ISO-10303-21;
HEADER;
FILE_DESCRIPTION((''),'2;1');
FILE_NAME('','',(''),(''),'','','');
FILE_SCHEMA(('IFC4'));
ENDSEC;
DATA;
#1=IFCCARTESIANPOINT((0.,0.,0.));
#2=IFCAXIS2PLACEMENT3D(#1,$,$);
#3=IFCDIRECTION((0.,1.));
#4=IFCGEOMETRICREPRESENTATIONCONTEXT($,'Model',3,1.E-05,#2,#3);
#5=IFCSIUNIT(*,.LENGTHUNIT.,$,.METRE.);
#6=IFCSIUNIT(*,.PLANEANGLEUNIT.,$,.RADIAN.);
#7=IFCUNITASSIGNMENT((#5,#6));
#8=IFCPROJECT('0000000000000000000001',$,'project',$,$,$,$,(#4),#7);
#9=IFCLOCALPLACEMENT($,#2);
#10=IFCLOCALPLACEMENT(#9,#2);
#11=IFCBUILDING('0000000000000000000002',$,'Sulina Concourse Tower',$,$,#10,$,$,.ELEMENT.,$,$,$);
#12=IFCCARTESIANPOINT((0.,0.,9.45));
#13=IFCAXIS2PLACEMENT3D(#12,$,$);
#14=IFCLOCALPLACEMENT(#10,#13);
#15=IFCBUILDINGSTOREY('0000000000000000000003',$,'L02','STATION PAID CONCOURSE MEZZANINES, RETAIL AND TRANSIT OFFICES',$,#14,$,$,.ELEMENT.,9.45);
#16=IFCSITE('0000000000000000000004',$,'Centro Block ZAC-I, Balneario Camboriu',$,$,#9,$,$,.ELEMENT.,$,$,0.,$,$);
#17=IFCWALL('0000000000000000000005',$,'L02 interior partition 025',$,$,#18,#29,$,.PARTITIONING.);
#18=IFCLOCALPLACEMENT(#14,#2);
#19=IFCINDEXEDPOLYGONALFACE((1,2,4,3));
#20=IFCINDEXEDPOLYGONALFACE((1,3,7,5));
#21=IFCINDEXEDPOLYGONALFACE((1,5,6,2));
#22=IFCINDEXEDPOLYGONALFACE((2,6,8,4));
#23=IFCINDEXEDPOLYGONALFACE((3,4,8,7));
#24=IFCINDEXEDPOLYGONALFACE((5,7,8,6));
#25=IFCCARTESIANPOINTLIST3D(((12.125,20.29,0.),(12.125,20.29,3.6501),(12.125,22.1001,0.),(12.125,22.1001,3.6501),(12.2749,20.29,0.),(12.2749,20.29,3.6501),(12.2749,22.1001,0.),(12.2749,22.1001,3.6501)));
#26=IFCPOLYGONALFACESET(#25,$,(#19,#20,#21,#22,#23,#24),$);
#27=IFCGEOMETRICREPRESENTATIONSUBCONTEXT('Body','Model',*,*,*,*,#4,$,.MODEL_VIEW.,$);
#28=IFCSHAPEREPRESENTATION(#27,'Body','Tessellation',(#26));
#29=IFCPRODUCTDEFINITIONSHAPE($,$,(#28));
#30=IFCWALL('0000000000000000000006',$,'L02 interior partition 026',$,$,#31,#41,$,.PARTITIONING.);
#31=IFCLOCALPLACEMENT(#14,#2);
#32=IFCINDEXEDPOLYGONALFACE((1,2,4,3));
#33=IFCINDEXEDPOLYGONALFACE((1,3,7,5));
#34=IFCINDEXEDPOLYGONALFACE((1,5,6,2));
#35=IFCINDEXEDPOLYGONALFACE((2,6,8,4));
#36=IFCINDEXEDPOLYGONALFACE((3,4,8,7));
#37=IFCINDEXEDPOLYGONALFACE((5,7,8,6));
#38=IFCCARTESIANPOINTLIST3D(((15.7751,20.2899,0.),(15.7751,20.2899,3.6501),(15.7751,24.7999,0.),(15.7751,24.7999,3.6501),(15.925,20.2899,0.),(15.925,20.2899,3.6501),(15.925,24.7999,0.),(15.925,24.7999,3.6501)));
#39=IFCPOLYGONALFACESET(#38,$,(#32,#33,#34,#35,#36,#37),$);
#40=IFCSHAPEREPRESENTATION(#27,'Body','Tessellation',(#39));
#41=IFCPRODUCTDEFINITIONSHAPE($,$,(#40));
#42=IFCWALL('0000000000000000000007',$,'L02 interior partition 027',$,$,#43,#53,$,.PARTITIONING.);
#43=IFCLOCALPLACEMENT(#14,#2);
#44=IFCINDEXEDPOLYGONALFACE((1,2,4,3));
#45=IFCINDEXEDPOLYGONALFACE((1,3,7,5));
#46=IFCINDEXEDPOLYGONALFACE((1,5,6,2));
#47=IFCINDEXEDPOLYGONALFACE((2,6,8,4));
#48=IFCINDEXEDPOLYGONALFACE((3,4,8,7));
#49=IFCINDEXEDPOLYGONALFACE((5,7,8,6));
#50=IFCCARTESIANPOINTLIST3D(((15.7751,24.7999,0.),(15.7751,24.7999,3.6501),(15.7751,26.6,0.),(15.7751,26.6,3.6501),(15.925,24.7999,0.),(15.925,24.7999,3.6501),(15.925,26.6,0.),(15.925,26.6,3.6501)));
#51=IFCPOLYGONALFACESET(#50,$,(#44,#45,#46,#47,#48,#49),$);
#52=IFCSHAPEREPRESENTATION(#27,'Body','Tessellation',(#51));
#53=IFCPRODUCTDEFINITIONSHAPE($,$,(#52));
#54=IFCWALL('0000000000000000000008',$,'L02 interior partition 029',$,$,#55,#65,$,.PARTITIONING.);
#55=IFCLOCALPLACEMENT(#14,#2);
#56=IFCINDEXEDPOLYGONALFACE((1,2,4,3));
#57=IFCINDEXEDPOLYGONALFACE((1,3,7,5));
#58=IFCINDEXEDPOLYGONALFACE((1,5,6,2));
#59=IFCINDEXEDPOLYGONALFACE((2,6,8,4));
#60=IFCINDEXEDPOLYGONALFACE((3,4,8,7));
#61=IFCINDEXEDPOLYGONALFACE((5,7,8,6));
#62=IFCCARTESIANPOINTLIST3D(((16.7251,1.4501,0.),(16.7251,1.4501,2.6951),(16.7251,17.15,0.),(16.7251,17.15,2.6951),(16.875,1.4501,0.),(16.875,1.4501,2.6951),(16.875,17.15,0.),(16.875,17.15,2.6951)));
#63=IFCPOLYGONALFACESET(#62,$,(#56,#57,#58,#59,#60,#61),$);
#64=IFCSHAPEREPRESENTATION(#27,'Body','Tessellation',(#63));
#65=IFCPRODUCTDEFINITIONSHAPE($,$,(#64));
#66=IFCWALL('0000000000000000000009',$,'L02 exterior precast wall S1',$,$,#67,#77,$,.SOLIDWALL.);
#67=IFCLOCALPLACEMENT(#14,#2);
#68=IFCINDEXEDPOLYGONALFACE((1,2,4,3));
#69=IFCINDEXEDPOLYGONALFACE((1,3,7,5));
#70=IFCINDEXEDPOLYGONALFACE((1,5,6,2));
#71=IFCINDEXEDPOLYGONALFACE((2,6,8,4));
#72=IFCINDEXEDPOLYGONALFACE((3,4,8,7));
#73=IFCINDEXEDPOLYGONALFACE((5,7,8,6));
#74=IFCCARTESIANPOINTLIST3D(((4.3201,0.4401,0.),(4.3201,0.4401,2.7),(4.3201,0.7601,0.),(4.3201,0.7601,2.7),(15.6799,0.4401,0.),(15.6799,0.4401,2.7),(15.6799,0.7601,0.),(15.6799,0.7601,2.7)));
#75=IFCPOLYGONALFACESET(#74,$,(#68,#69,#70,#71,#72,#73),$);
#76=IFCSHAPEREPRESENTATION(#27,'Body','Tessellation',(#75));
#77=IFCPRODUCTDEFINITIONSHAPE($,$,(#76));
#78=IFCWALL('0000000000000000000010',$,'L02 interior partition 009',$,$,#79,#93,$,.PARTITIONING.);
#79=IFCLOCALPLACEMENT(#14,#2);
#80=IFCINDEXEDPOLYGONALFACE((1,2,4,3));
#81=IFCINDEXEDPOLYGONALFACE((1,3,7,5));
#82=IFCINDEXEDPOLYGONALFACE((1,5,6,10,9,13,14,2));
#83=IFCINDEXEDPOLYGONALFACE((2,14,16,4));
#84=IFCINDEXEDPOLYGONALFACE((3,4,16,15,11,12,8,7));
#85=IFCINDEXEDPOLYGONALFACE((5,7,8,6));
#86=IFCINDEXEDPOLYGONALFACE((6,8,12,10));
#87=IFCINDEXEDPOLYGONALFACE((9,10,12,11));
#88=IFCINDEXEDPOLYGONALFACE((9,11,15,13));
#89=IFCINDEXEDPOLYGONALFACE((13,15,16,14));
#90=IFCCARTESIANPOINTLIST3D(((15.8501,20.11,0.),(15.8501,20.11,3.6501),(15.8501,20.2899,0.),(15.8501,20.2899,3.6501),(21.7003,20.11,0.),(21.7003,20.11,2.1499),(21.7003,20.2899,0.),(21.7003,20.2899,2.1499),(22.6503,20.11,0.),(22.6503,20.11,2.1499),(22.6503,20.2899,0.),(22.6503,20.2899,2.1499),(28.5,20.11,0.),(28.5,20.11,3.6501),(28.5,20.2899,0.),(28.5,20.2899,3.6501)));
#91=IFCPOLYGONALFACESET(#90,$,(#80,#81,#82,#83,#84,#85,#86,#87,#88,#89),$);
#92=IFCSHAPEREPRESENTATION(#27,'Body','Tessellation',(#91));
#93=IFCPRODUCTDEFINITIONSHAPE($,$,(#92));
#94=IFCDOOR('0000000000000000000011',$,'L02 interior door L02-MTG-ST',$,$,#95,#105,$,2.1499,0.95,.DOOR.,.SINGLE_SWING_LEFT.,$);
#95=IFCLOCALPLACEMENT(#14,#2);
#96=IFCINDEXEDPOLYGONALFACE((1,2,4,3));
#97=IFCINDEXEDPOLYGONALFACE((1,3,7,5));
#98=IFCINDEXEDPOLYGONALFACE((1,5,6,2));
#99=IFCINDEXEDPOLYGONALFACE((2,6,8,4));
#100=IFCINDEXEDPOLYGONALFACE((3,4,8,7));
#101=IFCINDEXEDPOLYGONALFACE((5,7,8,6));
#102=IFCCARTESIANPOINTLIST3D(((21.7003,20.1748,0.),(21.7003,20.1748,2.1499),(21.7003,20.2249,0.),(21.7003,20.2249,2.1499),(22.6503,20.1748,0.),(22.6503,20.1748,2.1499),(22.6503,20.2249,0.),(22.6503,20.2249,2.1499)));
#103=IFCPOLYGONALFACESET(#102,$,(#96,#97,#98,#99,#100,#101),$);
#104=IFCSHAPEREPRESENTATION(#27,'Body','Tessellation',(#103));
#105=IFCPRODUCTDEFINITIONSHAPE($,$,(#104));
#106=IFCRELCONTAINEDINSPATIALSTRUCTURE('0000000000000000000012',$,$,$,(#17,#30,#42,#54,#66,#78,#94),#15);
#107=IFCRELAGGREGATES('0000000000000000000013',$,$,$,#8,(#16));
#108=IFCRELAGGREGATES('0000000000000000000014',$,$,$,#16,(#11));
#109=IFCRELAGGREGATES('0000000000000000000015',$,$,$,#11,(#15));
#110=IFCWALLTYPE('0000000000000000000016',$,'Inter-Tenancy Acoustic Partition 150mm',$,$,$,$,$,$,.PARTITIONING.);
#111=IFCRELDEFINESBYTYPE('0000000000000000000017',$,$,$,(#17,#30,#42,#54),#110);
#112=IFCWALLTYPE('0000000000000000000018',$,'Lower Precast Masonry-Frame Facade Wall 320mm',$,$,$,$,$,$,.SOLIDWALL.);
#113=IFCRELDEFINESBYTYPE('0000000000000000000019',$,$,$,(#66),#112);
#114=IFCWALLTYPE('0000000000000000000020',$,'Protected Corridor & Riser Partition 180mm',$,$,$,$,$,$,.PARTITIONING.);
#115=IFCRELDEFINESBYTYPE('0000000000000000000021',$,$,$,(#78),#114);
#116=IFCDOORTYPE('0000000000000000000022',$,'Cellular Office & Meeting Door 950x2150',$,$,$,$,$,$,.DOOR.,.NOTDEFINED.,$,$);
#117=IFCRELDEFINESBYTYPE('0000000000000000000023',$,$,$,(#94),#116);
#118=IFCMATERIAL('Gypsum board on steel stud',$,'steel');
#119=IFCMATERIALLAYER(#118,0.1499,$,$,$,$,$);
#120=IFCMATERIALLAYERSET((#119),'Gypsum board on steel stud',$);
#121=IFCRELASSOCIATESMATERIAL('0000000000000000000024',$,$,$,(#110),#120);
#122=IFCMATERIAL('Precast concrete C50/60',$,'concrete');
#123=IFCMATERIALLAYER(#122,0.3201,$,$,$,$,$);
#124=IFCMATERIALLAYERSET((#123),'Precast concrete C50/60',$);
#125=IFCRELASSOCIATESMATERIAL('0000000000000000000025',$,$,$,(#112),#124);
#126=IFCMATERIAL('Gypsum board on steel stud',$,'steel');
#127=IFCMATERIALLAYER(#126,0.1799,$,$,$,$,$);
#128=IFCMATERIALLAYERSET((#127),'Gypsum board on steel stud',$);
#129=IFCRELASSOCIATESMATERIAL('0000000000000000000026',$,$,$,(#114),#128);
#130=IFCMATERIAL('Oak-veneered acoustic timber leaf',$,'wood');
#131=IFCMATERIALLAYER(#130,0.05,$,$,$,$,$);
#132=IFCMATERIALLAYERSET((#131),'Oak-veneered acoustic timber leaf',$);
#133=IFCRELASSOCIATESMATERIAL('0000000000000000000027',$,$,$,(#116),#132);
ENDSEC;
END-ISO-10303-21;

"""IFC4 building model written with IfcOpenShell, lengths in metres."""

from ifc_helpers import new_model, si_unit, direction, frame, frame_2d, origin, place, context, subcontext, project, spatial, rectangle, extrude, material, layer, layer_set, type_object, element, fill, save


model = new_model("IFC4")

# Units and contexts
model_context = context("Model", 3, precision=1e-05, world=origin(), true_north=direction((0.0, 1.0)))
body_context = subcontext(model_context, "Body", "Model", "MODEL_VIEW")
ifc_project = project(units=[si_unit("LENGTHUNIT", "METRE"), si_unit("PLANEANGLEUNIT", "RADIAN")], contexts=[model_context])

# Site, building, storey
site_placement = place(None, origin())
site = spatial("IfcSite", under=ifc_project, at=site_placement, Name="Centro Block ZAC-I, Balneario Camboriu", CompositionType="ELEMENT", RefElevation=0.0)
building_placement = place(site_placement, origin())
building = spatial("IfcBuilding", under=site, at=building_placement, Name="Sulina Concourse Tower", CompositionType="ELEMENT")
storey_placement = place(building_placement, frame((0.0, 0.0, 9.45)))
storey = spatial("IfcBuildingStorey", under=building, at=storey_placement, Name="L02", Description="STATION PAID CONCOURSE MEZZANINES, RETAIL AND TRANSIT OFFICES", CompositionType="ELEMENT", Elevation=9.45)

# Walls
ifc_material_1 = material(Name="Gypsum board on steel stud", Category="steel")
ifc_layer_1 = layer(ifc_material_1, 0.1499)
ifc_layer_set_1 = layer_set([ifc_layer_1], Name="Gypsum board on steel stud")
wall_type_1 = type_object("IfcWallType", Name="Inter-Tenancy Acoustic Partition 150mm", PredefinedType="PARTITIONING", material=ifc_layer_set_1)
wall_1_placement = place(storey_placement, frame((12.2, 20.29, 0.0), z_axis=(0.0, 0.0, 1.0), x_axis=(0.0, 1.0, 0.0)))
element("IfcWall", 1, at=wall_1_placement, inside=storey, type_object=wall_type_1, Name="L02 interior partition 025", PredefinedType="PARTITIONING", context=body_context, shape_type="SweptSolid", body=[
    extrude(rectangle(XDim=1.8101, YDim=0.1499, at=frame_2d((0.905, 0.0))), origin(), (0.0, 0.0, 1.0), 3.6501),
])
wall_2_placement = place(storey_placement, frame((15.8501, 20.29, 0.0), z_axis=(0.0, 0.0, 1.0), x_axis=(0.0, 1.0, 0.0)))
element("IfcWall", 2, at=wall_2_placement, inside=storey, type_object=wall_type_1, Name="L02 interior partition 026", PredefinedType="PARTITIONING", context=body_context, shape_type="SweptSolid", body=[
    extrude(rectangle(XDim=4.51, YDim=0.1499, at=frame_2d((2.2549, 0.0))), origin(), (0.0, 0.0, 1.0), 3.6501),
])
wall_3_placement = place(storey_placement, frame((15.8501, 24.8, 0.0), z_axis=(0.0, 0.0, 1.0), x_axis=(0.0, 1.0, 0.0)))
element("IfcWall", 3, at=wall_3_placement, inside=storey, type_object=wall_type_1, Name="L02 interior partition 027", PredefinedType="PARTITIONING", context=body_context, shape_type="SweptSolid", body=[
    extrude(rectangle(XDim=1.8, YDim=0.1499, at=frame_2d((0.8999, 0.0))), origin(), (0.0, 0.0, 1.0), 3.6501),
])
wall_4_placement = place(storey_placement, frame((16.8, 1.45, 0.0), z_axis=(0.0, 0.0, 1.0), x_axis=(0.0, 1.0, 0.0)))
element("IfcWall", 4, at=wall_4_placement, inside=storey, type_object=wall_type_1, Name="L02 interior partition 029", PredefinedType="PARTITIONING", context=body_context, shape_type="SweptSolid", body=[
    extrude(rectangle(XDim=15.7, YDim=0.1499, at=frame_2d((7.8501, 0.0))), origin(), (0.0, 0.0, 1.0), 2.6951),
])
ifc_material_2 = material(Name="Precast concrete C50/60", Category="concrete")
ifc_layer_2 = layer(ifc_material_2, 0.3201)
ifc_layer_set_2 = layer_set([ifc_layer_2], Name="Precast concrete C50/60")
wall_type_2 = type_object("IfcWallType", Name="Lower Precast Masonry-Frame Facade Wall 320mm", PredefinedType="SOLIDWALL", material=ifc_layer_set_2)
wall_5_placement = place(storey_placement, frame((15.6799, 0.6001, 0.0), z_axis=(0.0, 0.0, 1.0), x_axis=(-1.0, 0.0, 0.0)))
element("IfcWall", 5, at=wall_5_placement, inside=storey, type_object=wall_type_2, Name="L02 exterior precast wall S1", PredefinedType="SOLIDWALL", context=body_context, shape_type="SweptSolid", body=[
    extrude(rectangle(XDim=11.3599, YDim=0.3201, at=frame_2d((5.6799, 0.0))), origin(), (0.0, 0.0, 1.0), 2.7),
])

# Wall, opening, door
ifc_material_3 = material(Name="Gypsum board on steel stud", Category="steel")
ifc_layer_3 = layer(ifc_material_3, 0.1799)
ifc_layer_set_3 = layer_set([ifc_layer_3], Name="Gypsum board on steel stud")
wall_type_3 = type_object("IfcWallType", Name="Protected Corridor & Riser Partition 180mm", PredefinedType="PARTITIONING", material=ifc_layer_set_3)
wall_6_placement = place(storey_placement, frame((15.8501, 20.2, 0.0), z_axis=(0.0, 0.0, 1.0), x_axis=(1.0, 0.0, 0.0)))
wall_6 = element("IfcWall", 6, at=wall_6_placement, inside=storey, type_object=wall_type_3, Name="L02 interior partition 009", PredefinedType="PARTITIONING", context=body_context, shape_type="SweptSolid", body=[
    extrude(rectangle(XDim=12.6499, YDim=0.1799, at=frame_2d((6.325, 0.0))), origin(), (0.0, 0.0, 1.0), 3.6501),
])
opening_1_placement = place(wall_6_placement, frame((5.8501, 0.0, 0.0)))
opening_1 = element("IfcOpeningElement", 7, at=opening_1_placement, cuts=wall_6, PredefinedType="OPENING", context=body_context, shape_type="SweptSolid", body=[
    extrude(rectangle(XDim=0.95, YDim=2.1499, at=frame_2d((0.4751, 1.075))), frame((0.0, 0.0999, 0.0), z_axis=(0.0, -1.0, 0.0), x_axis=(1.0, 0.0, 0.0)), (0.0, 0.0, 1.0), 0.2),
])
ifc_material_4 = material(Name="Oak-veneered acoustic timber leaf", Category="wood")
ifc_layer_4 = layer(ifc_material_4, 0.05)
ifc_layer_set_4 = layer_set([ifc_layer_4], Name="Oak-veneered acoustic timber leaf")
door_type_1 = type_object("IfcDoorType", Name="Cellular Office & Meeting Door 950x2150", OperationType="NOTDEFINED", PredefinedType="DOOR", material=ifc_layer_set_4)
door_1_placement = place(opening_1_placement, origin())
door_1 = element("IfcDoor", 8, at=door_1_placement, inside=storey, type_object=door_type_1, Name="L02 interior door L02-MTG-ST", OperationType="SINGLE_SWING_LEFT", OverallHeight=2.1499, OverallWidth=0.95, PredefinedType="DOOR", context=body_context, shape_type="SweptSolid", body=[
    extrude(rectangle(XDim=0.95, YDim=2.1499, at=frame_2d((0.4751, 1.075))), frame((0.0, 0.0249, 0.0), z_axis=(0.0, -1.0, 0.0), x_axis=(1.0, 0.0, 0.0)), (0.0, 0.0, 1.0), 0.05),
])
fill(opening_1, door_1)

save(model, "model.ifc")
